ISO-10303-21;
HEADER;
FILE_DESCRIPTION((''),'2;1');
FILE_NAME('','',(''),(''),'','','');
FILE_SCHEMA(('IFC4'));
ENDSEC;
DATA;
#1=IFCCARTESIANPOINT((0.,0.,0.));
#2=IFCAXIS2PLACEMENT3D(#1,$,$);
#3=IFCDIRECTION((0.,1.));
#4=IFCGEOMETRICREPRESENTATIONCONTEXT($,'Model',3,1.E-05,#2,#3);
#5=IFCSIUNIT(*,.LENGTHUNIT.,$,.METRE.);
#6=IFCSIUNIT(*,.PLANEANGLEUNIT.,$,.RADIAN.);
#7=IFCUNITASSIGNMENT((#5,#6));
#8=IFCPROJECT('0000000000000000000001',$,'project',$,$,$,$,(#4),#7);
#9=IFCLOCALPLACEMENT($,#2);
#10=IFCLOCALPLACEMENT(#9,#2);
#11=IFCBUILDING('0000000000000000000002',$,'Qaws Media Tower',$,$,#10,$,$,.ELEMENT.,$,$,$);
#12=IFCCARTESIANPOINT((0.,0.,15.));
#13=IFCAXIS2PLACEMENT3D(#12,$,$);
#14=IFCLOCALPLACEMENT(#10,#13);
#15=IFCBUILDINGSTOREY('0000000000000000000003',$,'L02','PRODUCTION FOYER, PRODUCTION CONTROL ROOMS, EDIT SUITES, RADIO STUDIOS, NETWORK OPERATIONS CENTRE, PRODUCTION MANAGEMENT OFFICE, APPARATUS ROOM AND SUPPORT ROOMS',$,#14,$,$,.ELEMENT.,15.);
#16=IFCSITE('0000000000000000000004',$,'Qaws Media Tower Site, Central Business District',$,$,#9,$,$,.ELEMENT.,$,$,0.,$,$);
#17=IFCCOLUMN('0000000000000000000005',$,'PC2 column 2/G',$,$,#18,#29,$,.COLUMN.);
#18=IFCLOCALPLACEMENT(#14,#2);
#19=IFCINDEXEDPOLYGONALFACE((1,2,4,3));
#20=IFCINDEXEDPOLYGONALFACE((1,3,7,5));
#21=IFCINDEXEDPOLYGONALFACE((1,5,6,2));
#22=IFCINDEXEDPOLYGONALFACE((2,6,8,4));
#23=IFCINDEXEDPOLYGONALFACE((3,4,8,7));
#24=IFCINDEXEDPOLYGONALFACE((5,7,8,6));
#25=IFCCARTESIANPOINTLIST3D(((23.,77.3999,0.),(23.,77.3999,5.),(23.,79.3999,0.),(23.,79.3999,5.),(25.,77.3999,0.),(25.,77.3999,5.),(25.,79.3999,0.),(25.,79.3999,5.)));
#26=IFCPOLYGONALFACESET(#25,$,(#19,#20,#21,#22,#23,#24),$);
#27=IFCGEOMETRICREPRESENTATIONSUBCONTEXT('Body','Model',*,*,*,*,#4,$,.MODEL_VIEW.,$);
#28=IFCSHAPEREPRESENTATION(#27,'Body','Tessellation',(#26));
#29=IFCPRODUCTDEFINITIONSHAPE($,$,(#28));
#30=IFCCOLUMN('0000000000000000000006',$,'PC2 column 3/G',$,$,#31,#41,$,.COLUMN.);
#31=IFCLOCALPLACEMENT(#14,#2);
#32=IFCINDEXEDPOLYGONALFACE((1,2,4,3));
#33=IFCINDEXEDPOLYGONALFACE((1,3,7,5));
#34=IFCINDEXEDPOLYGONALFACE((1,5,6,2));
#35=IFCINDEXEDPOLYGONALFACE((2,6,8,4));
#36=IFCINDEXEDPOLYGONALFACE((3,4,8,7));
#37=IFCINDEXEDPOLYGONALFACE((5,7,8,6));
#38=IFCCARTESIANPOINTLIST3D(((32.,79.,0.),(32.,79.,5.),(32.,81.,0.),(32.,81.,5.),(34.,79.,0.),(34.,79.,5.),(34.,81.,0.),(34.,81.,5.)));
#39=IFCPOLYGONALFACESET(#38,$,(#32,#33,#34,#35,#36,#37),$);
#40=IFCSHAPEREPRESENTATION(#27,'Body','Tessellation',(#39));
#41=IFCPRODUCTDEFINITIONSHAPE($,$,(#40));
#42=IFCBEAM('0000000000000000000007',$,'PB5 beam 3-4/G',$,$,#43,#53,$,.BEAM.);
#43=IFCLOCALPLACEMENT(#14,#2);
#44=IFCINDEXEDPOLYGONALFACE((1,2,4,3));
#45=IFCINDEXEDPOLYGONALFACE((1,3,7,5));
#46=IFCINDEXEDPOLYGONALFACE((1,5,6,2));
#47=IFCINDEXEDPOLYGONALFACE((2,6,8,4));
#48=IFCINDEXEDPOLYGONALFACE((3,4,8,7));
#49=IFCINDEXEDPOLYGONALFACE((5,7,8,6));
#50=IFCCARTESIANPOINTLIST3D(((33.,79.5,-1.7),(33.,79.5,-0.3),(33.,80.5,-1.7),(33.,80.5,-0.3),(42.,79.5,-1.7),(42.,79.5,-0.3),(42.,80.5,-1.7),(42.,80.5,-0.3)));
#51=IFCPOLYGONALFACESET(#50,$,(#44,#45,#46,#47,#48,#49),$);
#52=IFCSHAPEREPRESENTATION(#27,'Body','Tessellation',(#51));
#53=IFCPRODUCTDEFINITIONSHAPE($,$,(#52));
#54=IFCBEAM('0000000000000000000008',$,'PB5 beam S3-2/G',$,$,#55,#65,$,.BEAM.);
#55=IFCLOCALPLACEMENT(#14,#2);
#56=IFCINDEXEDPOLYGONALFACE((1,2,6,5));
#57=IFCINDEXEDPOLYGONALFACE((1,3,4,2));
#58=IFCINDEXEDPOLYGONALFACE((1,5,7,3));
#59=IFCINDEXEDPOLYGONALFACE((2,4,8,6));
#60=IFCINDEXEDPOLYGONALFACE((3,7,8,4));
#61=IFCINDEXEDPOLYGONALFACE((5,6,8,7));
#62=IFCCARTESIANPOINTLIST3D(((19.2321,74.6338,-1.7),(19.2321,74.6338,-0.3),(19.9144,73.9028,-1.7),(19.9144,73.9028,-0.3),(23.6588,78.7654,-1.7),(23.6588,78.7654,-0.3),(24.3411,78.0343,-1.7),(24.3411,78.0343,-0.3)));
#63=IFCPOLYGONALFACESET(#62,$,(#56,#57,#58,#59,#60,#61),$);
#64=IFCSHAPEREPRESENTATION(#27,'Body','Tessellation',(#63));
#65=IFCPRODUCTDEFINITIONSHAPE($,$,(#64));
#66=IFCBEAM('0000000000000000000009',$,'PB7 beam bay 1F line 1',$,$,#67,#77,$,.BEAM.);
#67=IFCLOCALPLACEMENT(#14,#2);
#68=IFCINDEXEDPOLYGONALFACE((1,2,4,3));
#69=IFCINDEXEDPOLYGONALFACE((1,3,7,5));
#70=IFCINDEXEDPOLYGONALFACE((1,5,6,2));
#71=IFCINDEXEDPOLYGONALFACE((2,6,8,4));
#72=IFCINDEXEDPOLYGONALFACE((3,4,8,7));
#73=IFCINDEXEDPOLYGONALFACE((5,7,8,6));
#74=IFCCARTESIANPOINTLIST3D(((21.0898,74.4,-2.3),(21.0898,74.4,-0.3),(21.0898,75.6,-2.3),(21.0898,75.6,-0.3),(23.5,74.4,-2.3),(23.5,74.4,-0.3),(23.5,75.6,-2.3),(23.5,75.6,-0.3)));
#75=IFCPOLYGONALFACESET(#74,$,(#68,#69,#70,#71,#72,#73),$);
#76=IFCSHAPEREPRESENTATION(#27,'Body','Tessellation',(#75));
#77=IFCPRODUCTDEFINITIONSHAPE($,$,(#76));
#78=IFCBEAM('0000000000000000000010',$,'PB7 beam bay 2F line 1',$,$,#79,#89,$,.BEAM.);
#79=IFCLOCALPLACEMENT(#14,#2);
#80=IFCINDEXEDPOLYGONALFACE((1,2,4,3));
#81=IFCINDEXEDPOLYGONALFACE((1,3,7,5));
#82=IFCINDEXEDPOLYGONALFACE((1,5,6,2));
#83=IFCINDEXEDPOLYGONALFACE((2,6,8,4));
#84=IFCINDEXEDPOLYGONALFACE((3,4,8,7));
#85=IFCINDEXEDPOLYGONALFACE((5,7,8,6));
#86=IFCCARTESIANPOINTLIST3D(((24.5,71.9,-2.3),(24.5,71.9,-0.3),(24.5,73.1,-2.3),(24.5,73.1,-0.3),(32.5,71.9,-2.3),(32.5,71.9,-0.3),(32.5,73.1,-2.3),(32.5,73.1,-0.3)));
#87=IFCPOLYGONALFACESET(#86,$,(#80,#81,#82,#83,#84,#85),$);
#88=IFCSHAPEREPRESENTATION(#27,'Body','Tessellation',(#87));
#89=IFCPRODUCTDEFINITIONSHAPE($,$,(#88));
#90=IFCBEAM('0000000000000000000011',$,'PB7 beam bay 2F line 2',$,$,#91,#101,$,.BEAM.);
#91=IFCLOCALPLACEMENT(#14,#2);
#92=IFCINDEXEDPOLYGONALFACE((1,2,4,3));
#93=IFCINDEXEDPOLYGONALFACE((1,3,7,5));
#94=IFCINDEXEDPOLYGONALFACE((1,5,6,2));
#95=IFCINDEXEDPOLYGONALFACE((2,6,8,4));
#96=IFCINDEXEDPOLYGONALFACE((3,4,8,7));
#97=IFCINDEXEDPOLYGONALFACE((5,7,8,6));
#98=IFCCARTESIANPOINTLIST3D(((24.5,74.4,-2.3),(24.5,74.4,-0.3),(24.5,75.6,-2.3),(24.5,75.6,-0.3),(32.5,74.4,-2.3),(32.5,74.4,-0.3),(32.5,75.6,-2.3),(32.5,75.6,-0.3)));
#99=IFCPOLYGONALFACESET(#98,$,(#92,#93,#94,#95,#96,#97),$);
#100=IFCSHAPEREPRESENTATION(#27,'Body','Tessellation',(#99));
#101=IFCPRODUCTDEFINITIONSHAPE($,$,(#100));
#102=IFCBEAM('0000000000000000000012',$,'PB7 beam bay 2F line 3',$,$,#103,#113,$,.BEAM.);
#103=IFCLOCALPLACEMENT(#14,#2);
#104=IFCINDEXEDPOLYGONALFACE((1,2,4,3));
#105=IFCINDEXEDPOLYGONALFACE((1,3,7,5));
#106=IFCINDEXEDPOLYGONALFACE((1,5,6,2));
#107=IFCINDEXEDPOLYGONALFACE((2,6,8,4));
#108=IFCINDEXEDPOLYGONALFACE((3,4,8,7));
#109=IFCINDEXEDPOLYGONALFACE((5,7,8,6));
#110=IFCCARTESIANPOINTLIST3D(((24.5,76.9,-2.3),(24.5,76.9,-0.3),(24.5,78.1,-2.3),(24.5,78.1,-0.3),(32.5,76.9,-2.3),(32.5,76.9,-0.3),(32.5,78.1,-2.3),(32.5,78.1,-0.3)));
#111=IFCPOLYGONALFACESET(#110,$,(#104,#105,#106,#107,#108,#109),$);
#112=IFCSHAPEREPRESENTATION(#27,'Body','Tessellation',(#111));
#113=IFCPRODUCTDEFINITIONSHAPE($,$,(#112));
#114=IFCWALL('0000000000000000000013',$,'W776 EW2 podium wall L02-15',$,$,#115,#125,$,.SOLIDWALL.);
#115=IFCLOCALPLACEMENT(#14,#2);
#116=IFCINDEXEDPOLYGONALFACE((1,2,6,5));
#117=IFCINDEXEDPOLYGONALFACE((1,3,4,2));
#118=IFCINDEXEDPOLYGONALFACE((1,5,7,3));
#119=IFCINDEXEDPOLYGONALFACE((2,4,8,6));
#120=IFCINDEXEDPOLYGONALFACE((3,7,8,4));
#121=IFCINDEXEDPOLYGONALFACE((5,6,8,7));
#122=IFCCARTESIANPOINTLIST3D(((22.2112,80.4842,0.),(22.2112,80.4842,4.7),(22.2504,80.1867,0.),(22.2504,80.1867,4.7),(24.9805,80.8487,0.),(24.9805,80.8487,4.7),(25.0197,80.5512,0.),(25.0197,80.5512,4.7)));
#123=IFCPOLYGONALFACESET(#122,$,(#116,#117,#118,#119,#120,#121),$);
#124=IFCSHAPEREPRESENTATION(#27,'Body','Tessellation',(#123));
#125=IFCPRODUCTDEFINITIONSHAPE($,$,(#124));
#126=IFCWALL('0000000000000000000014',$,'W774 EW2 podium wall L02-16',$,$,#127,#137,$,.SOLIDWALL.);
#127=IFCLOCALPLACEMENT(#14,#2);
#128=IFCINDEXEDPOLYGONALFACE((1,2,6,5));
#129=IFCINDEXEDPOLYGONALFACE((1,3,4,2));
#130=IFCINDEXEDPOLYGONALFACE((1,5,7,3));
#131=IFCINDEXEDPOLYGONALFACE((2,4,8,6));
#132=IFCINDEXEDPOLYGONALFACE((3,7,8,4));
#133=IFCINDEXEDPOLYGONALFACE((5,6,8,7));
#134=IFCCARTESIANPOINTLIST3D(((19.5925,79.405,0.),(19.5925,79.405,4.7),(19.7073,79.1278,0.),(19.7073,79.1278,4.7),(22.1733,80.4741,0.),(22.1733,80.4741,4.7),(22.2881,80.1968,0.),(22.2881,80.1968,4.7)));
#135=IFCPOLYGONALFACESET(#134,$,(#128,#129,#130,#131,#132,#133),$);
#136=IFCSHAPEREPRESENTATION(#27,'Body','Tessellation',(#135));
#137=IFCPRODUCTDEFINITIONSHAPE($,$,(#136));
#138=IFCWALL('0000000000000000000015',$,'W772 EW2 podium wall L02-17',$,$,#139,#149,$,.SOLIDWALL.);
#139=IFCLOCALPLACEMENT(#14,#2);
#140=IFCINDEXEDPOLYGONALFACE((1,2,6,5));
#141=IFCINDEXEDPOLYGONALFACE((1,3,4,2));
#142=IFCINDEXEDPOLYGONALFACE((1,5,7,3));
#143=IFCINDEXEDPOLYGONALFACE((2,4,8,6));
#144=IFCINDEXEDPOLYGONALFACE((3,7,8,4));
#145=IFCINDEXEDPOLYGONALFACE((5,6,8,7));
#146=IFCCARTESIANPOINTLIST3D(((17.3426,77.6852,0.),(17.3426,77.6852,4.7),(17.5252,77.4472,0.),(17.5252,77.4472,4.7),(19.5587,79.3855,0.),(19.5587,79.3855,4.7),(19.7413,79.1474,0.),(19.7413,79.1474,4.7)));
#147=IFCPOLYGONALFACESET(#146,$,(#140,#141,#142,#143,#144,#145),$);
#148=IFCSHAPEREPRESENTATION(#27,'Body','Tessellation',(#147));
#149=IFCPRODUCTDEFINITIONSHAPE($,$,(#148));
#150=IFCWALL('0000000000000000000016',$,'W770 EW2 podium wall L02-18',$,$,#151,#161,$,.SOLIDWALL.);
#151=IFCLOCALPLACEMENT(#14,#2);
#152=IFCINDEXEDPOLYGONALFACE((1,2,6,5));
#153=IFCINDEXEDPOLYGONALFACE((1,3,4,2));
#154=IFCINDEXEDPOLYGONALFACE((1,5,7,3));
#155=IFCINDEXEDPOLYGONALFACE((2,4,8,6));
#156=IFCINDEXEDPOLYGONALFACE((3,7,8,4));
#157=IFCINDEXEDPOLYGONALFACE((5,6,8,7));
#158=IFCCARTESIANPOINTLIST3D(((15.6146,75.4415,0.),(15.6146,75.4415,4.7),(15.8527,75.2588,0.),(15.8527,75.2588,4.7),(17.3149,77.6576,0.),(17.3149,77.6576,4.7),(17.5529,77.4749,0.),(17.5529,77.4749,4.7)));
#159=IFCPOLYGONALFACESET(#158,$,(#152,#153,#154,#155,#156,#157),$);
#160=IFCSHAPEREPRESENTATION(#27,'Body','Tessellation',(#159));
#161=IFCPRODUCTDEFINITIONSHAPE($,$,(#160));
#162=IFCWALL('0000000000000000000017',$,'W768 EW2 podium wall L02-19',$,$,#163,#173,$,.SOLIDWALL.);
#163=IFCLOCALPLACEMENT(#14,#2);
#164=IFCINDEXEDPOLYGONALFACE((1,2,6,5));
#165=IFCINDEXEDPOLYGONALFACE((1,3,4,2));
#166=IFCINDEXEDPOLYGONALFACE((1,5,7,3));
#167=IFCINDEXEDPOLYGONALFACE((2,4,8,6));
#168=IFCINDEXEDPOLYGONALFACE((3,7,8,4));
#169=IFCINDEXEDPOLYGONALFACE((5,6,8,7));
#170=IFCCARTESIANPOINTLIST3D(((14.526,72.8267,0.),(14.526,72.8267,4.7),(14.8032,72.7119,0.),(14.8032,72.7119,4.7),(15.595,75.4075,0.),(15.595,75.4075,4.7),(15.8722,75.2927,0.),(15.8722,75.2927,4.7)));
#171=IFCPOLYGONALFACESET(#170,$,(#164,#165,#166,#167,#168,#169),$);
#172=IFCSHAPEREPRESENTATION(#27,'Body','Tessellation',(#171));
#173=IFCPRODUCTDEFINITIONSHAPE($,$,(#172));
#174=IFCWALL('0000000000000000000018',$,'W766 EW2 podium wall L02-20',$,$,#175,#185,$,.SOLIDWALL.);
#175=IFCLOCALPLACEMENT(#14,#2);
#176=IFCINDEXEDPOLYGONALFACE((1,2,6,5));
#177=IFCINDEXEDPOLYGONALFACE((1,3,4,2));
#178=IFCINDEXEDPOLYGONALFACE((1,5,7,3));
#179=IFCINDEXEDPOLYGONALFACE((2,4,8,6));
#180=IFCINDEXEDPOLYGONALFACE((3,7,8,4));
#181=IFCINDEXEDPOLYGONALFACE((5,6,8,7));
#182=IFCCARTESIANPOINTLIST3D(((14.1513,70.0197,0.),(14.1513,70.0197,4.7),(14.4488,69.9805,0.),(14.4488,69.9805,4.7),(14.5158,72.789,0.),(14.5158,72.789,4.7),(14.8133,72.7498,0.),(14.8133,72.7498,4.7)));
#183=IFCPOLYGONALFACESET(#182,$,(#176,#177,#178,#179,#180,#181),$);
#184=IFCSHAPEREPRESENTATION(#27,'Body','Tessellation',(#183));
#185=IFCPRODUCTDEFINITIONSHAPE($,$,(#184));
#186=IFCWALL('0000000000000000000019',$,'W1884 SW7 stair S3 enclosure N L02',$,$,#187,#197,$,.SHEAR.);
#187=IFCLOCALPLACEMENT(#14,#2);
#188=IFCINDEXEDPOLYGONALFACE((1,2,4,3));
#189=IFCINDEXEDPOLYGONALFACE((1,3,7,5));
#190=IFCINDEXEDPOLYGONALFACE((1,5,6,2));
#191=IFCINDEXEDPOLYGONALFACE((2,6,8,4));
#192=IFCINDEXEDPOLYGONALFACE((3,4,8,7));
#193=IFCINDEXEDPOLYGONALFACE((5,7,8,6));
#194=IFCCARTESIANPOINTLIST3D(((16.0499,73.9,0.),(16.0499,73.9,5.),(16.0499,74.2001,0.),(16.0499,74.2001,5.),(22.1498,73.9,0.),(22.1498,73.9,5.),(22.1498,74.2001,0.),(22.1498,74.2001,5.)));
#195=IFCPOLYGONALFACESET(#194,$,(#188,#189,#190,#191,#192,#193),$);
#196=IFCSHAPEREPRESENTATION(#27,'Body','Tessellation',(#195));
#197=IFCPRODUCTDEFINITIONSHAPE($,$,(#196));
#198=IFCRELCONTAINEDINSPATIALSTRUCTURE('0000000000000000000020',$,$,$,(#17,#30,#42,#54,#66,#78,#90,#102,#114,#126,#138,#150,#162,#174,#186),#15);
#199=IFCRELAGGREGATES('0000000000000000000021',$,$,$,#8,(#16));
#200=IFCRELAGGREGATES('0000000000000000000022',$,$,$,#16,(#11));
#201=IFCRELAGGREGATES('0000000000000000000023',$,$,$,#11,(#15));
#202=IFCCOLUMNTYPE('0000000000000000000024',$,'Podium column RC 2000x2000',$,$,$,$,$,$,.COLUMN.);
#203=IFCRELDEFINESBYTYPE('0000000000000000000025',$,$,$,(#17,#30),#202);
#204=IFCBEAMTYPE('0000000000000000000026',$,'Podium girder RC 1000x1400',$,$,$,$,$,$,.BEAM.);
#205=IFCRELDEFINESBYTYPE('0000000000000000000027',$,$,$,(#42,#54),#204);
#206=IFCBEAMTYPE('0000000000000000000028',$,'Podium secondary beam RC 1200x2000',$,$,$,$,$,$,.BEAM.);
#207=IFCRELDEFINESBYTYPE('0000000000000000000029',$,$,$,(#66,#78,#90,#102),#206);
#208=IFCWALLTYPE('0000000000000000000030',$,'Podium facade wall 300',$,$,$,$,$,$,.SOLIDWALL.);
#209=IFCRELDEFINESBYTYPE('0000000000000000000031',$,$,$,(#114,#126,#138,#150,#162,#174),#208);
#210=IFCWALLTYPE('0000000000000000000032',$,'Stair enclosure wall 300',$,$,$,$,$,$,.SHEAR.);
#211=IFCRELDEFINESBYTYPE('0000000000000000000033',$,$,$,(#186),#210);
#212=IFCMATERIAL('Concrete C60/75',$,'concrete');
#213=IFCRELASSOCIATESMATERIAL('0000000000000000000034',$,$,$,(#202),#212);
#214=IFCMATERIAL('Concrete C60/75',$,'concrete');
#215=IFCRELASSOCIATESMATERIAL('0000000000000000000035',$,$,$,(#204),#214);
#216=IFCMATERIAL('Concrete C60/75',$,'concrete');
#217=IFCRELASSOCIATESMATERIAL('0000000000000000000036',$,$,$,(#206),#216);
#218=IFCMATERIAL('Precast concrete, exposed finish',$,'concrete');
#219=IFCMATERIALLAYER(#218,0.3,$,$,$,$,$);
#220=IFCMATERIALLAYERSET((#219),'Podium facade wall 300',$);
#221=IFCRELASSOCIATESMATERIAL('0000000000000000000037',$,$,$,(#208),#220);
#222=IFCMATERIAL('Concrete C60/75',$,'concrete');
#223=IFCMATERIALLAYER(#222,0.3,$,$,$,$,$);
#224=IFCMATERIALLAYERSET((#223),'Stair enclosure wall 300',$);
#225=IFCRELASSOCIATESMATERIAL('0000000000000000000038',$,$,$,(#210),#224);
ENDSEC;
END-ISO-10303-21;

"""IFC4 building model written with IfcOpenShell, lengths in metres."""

from ifc_helpers import new_model, si_unit, direction, frame, frame_2d, origin, origin_2d, place, context, subcontext, project, spatial, rectangle, extrude, material, layer, layer_set, material_profile, profile_set, type_object, element, save


model = new_model("IFC4")

# Units and contexts
model_context = context("Model", 3, precision=1e-05, world=origin(), true_north=direction((0.0, 1.0)))
body_context = subcontext(model_context, "Body", "Model", "MODEL_VIEW")
ifc_project = project(units=[si_unit("LENGTHUNIT", "METRE"), si_unit("PLANEANGLEUNIT", "RADIAN")], contexts=[model_context])

# Site, building, storey
site_placement = place(None, origin())
site = spatial("IfcSite", under=ifc_project, at=site_placement, Name="Qaws Media Tower Site, Central Business District", CompositionType="ELEMENT", RefElevation=0.0)
building_placement = place(site_placement, origin())
building = spatial("IfcBuilding", under=site, at=building_placement, Name="Qaws Media Tower", CompositionType="ELEMENT")
storey_placement = place(building_placement, frame((0.0, 0.0, 15.0)))
storey = spatial("IfcBuildingStorey", under=building, at=storey_placement, Name="L02", Description="PRODUCTION FOYER, PRODUCTION CONTROL ROOMS, EDIT SUITES, RADIO STUDIOS, NETWORK OPERATIONS CENTRE, PRODUCTION MANAGEMENT OFFICE, APPARATUS ROOM AND SUPPORT ROOMS", CompositionType="ELEMENT", Elevation=15.0)

# Columns
ifc_material_1 = material(Name="Concrete C60/75", Category="concrete")
ifc_material_profile_1 = material_profile(ifc_material_1, rectangle(XDim=2.0, YDim=2.0, at=origin_2d()), Name="RC 2000x2000")
ifc_profile_set_1 = profile_set([ifc_material_profile_1], Name="Concrete C60/75")
column_type = type_object("IfcColumnType", Name="Podium column RC 2000x2000", PredefinedType="COLUMN", material=ifc_profile_set_1)
for number, where, z_axis, x_axis, name in (
    (1, (24.0, 78.3999, 0.0), (0.0, 0.0, 1.0), (1.0, 0.0, 0.0), "PC2 column 2/G"),
    (2, (33.0, 80.0, 0.0), (0.0, 0.0, 1.0), (1.0, 0.0, 0.0), "PC2 column 3/G"),
):
    element("IfcColumn", number, at=place(storey_placement, frame(where, z_axis=z_axis, x_axis=x_axis)), inside=storey, type_object=column_type, Name=name, PredefinedType="COLUMN", context=body_context, shape_type="SweptSolid", body=[
        extrude(rectangle(XDim=2.0, YDim=2.0, at=origin_2d()), origin(), (0.0, 0.0, 1.0), 5.0),
    ])

# Beams
ifc_material_2 = material(Name="Concrete C60/75", Category="concrete")
ifc_material_profile_2 = material_profile(ifc_material_2, rectangle(XDim=1.0, YDim=1.3999, at=origin_2d()), Name="RC 1000x1400")
ifc_profile_set_2 = profile_set([ifc_material_profile_2], Name="Concrete C60/75")
beam_type_1 = type_object("IfcBeamType", Name="Podium girder RC 1000x1400", PredefinedType="BEAM", material=ifc_profile_set_2)
beam_1_placement = place(storey_placement, frame((33.0, 80.0, -1.0), z_axis=(1.0, 0.0, 0.0), x_axis=(0.0, 1.0, 0.0)))
element("IfcBeam", 3, at=beam_1_placement, inside=storey, type_object=beam_type_1, Name="PB5 beam 3-4/G", PredefinedType="BEAM", context=body_context, shape_type="SweptSolid", body=[
    extrude(rectangle(XDim=1.0, YDim=1.3999, at=origin_2d()), origin(), (0.0, 0.0, 1.0), 9.0),
])
beam_2_placement = place(storey_placement, frame((19.5732, 74.2683, -1.0), z_axis=(0.731059, 0.682314, 0.0), x_axis=(-0.682314, 0.731059, 0.0)))
element("IfcBeam", 4, at=beam_2_placement, inside=storey, type_object=beam_type_1, Name="PB5 beam S3-2/G", PredefinedType="BEAM", context=body_context, shape_type="SweptSolid", body=[
    extrude(rectangle(XDim=1.0, YDim=1.3999, at=origin_2d()), origin(), (0.0, 0.0, 1.0), 6.0552),
])
ifc_material_3 = material(Name="Concrete C60/75", Category="concrete")
ifc_material_profile_3 = material_profile(ifc_material_3, rectangle(XDim=1.2, YDim=2.0, at=origin_2d()), Name="RC 1200x2000")
ifc_profile_set_3 = profile_set([ifc_material_profile_3], Name="Concrete C60/75")
beam_type_2 = type_object("IfcBeamType", Name="Podium secondary beam RC 1200x2000", PredefinedType="BEAM", material=ifc_profile_set_3)
beam_3_placement = place(storey_placement, frame((21.0898, 75.0, -1.3), z_axis=(1.0, 0.0, 0.0), x_axis=(0.0, 1.0, 0.0)))
element("IfcBeam", 5, at=beam_3_placement, inside=storey, type_object=beam_type_2, Name="PB7 beam bay 1F line 1", PredefinedType="BEAM", context=body_context, shape_type="SweptSolid", body=[
    extrude(rectangle(XDim=1.2, YDim=2.0, at=origin_2d()), origin(), (0.0, 0.0, 1.0), 2.4102),
])
for number, where, z_axis, x_axis, name in (
    (6, (24.5, 72.5, -1.3), (1.0, 0.0, 0.0), (0.0, 1.0, 0.0), "PB7 beam bay 2F line 1"),
    (7, (24.5, 75.0, -1.3), (1.0, 0.0, 0.0), (0.0, 1.0, 0.0), "PB7 beam bay 2F line 2"),
    (8, (24.5, 77.5, -1.3), (1.0, 0.0, 0.0), (0.0, 1.0, 0.0), "PB7 beam bay 2F line 3"),
):
    element("IfcBeam", number, at=place(storey_placement, frame(where, z_axis=z_axis, x_axis=x_axis)), inside=storey, type_object=beam_type_2, Name=name, PredefinedType="BEAM", context=body_context, shape_type="SweptSolid", body=[
        extrude(rectangle(XDim=1.2, YDim=2.0, at=origin_2d()), origin(), (0.0, 0.0, 1.0), 8.0),
    ])

# Walls
ifc_material_4 = material(Name="Precast concrete, exposed finish", Category="concrete")
ifc_layer_1 = layer(ifc_material_4, 0.3)
ifc_layer_set_1 = layer_set([ifc_layer_1], Name="Podium facade wall 300")
wall_type_1 = type_object("IfcWallType", Name="Podium facade wall 300", PredefinedType="SOLIDWALL", material=ifc_layer_set_1)
wall_1_placement = place(storey_placement, frame((25.0, 80.7, 0.0), z_axis=(0.0, 0.0, 1.0), x_axis=(-0.991449, -0.130497, 0.0)))
element("IfcWall", 9, at=wall_1_placement, inside=storey, type_object=wall_type_1, Name="W776 EW2 podium wall L02-15", PredefinedType="SOLIDWALL", context=body_context, shape_type="SweptSolid", body=[
    extrude(rectangle(XDim=2.7932, YDim=0.3, at=frame_2d((1.3965, 0.0))), origin(), (0.0, 0.0, 1.0), 4.7),
])
wall_2_placement = place(storey_placement, frame((22.2307, 80.3354, 0.0), z_axis=(0.0, 0.0, 1.0), x_axis=(-0.923869, -0.382709, 0.0)))
element("IfcWall", 10, at=wall_2_placement, inside=storey, type_object=wall_type_1, Name="W774 EW2 podium wall L02-16", PredefinedType="SOLIDWALL", context=body_context, shape_type="SweptSolid", body=[
    extrude(rectangle(XDim=2.7935, YDim=0.3, at=frame_2d((1.3967, 0.0))), origin(), (0.0, 0.0, 1.0), 4.7),
])
for number, where, z_axis, x_axis, name in (
    (11, (19.6499, 79.2664, 0.0), (0.0, 0.0, 1.0), (-0.793397, -0.608705, 0.0), "W772 EW2 podium wall L02-17"),
    (12, (17.4338, 77.5662, 0.0), (0.0, 0.0, 1.0), (-0.608705, -0.793397, 0.0), "W770 EW2 podium wall L02-18"),
):
    element("IfcWall", number, at=place(storey_placement, frame(where, z_axis=z_axis, x_axis=x_axis)), inside=storey, type_object=wall_type_1, Name=name, PredefinedType="SOLIDWALL", context=body_context, shape_type="SweptSolid", body=[
        extrude(rectangle(XDim=2.7932, YDim=0.3, at=frame_2d((1.3965, 0.0))), origin(), (0.0, 0.0, 1.0), 4.7),
    ])
wall_3_placement = place(storey_placement, frame((15.7336, 75.3501, 0.0), z_axis=(0.0, 0.0, 1.0), x_axis=(-0.382709, -0.923869, 0.0)))
element("IfcWall", 13, at=wall_3_placement, inside=storey, type_object=wall_type_1, Name="W768 EW2 podium wall L02-19", PredefinedType="SOLIDWALL", context=body_context, shape_type="SweptSolid", body=[
    extrude(rectangle(XDim=2.7935, YDim=0.3, at=frame_2d((1.3967, 0.0))), origin(), (0.0, 0.0, 1.0), 4.7),
])
wall_4_placement = place(storey_placement, frame((14.6646, 72.7693, 0.0), z_axis=(0.0, 0.0, 1.0), x_axis=(-0.130497, -0.991449, 0.0)))
element("IfcWall", 14, at=wall_4_placement, inside=storey, type_object=wall_type_1, Name="W766 EW2 podium wall L02-20", PredefinedType="SOLIDWALL", context=body_context, shape_type="SweptSolid", body=[
    extrude(rectangle(XDim=2.7932, YDim=0.3, at=frame_2d((1.3965, 0.0))), origin(), (0.0, 0.0, 1.0), 4.7),
])
ifc_material_5 = material(Name="Concrete C60/75", Category="concrete")
ifc_layer_2 = layer(ifc_material_5, 0.3)
ifc_layer_set_2 = layer_set([ifc_layer_2], Name="Stair enclosure wall 300")
wall_type_2 = type_object("IfcWallType", Name="Stair enclosure wall 300", PredefinedType="SHEAR", material=ifc_layer_set_2)
wall_5_placement = place(storey_placement, frame((16.05, 74.05, 0.0), z_axis=(0.0, 0.0, 1.0), x_axis=(1.0, 0.0, 0.0)))
element("IfcWall", 15, at=wall_5_placement, inside=storey, type_object=wall_type_2, Name="W1884 SW7 stair S3 enclosure N L02", PredefinedType="SHEAR", context=body_context, shape_type="SweptSolid", body=[
    extrude(rectangle(XDim=6.0999, YDim=0.3, at=frame_2d((3.0498, 0.0))), origin(), (0.0, 0.0, 1.0), 5.0),
])

save(model, "model.ifc")
